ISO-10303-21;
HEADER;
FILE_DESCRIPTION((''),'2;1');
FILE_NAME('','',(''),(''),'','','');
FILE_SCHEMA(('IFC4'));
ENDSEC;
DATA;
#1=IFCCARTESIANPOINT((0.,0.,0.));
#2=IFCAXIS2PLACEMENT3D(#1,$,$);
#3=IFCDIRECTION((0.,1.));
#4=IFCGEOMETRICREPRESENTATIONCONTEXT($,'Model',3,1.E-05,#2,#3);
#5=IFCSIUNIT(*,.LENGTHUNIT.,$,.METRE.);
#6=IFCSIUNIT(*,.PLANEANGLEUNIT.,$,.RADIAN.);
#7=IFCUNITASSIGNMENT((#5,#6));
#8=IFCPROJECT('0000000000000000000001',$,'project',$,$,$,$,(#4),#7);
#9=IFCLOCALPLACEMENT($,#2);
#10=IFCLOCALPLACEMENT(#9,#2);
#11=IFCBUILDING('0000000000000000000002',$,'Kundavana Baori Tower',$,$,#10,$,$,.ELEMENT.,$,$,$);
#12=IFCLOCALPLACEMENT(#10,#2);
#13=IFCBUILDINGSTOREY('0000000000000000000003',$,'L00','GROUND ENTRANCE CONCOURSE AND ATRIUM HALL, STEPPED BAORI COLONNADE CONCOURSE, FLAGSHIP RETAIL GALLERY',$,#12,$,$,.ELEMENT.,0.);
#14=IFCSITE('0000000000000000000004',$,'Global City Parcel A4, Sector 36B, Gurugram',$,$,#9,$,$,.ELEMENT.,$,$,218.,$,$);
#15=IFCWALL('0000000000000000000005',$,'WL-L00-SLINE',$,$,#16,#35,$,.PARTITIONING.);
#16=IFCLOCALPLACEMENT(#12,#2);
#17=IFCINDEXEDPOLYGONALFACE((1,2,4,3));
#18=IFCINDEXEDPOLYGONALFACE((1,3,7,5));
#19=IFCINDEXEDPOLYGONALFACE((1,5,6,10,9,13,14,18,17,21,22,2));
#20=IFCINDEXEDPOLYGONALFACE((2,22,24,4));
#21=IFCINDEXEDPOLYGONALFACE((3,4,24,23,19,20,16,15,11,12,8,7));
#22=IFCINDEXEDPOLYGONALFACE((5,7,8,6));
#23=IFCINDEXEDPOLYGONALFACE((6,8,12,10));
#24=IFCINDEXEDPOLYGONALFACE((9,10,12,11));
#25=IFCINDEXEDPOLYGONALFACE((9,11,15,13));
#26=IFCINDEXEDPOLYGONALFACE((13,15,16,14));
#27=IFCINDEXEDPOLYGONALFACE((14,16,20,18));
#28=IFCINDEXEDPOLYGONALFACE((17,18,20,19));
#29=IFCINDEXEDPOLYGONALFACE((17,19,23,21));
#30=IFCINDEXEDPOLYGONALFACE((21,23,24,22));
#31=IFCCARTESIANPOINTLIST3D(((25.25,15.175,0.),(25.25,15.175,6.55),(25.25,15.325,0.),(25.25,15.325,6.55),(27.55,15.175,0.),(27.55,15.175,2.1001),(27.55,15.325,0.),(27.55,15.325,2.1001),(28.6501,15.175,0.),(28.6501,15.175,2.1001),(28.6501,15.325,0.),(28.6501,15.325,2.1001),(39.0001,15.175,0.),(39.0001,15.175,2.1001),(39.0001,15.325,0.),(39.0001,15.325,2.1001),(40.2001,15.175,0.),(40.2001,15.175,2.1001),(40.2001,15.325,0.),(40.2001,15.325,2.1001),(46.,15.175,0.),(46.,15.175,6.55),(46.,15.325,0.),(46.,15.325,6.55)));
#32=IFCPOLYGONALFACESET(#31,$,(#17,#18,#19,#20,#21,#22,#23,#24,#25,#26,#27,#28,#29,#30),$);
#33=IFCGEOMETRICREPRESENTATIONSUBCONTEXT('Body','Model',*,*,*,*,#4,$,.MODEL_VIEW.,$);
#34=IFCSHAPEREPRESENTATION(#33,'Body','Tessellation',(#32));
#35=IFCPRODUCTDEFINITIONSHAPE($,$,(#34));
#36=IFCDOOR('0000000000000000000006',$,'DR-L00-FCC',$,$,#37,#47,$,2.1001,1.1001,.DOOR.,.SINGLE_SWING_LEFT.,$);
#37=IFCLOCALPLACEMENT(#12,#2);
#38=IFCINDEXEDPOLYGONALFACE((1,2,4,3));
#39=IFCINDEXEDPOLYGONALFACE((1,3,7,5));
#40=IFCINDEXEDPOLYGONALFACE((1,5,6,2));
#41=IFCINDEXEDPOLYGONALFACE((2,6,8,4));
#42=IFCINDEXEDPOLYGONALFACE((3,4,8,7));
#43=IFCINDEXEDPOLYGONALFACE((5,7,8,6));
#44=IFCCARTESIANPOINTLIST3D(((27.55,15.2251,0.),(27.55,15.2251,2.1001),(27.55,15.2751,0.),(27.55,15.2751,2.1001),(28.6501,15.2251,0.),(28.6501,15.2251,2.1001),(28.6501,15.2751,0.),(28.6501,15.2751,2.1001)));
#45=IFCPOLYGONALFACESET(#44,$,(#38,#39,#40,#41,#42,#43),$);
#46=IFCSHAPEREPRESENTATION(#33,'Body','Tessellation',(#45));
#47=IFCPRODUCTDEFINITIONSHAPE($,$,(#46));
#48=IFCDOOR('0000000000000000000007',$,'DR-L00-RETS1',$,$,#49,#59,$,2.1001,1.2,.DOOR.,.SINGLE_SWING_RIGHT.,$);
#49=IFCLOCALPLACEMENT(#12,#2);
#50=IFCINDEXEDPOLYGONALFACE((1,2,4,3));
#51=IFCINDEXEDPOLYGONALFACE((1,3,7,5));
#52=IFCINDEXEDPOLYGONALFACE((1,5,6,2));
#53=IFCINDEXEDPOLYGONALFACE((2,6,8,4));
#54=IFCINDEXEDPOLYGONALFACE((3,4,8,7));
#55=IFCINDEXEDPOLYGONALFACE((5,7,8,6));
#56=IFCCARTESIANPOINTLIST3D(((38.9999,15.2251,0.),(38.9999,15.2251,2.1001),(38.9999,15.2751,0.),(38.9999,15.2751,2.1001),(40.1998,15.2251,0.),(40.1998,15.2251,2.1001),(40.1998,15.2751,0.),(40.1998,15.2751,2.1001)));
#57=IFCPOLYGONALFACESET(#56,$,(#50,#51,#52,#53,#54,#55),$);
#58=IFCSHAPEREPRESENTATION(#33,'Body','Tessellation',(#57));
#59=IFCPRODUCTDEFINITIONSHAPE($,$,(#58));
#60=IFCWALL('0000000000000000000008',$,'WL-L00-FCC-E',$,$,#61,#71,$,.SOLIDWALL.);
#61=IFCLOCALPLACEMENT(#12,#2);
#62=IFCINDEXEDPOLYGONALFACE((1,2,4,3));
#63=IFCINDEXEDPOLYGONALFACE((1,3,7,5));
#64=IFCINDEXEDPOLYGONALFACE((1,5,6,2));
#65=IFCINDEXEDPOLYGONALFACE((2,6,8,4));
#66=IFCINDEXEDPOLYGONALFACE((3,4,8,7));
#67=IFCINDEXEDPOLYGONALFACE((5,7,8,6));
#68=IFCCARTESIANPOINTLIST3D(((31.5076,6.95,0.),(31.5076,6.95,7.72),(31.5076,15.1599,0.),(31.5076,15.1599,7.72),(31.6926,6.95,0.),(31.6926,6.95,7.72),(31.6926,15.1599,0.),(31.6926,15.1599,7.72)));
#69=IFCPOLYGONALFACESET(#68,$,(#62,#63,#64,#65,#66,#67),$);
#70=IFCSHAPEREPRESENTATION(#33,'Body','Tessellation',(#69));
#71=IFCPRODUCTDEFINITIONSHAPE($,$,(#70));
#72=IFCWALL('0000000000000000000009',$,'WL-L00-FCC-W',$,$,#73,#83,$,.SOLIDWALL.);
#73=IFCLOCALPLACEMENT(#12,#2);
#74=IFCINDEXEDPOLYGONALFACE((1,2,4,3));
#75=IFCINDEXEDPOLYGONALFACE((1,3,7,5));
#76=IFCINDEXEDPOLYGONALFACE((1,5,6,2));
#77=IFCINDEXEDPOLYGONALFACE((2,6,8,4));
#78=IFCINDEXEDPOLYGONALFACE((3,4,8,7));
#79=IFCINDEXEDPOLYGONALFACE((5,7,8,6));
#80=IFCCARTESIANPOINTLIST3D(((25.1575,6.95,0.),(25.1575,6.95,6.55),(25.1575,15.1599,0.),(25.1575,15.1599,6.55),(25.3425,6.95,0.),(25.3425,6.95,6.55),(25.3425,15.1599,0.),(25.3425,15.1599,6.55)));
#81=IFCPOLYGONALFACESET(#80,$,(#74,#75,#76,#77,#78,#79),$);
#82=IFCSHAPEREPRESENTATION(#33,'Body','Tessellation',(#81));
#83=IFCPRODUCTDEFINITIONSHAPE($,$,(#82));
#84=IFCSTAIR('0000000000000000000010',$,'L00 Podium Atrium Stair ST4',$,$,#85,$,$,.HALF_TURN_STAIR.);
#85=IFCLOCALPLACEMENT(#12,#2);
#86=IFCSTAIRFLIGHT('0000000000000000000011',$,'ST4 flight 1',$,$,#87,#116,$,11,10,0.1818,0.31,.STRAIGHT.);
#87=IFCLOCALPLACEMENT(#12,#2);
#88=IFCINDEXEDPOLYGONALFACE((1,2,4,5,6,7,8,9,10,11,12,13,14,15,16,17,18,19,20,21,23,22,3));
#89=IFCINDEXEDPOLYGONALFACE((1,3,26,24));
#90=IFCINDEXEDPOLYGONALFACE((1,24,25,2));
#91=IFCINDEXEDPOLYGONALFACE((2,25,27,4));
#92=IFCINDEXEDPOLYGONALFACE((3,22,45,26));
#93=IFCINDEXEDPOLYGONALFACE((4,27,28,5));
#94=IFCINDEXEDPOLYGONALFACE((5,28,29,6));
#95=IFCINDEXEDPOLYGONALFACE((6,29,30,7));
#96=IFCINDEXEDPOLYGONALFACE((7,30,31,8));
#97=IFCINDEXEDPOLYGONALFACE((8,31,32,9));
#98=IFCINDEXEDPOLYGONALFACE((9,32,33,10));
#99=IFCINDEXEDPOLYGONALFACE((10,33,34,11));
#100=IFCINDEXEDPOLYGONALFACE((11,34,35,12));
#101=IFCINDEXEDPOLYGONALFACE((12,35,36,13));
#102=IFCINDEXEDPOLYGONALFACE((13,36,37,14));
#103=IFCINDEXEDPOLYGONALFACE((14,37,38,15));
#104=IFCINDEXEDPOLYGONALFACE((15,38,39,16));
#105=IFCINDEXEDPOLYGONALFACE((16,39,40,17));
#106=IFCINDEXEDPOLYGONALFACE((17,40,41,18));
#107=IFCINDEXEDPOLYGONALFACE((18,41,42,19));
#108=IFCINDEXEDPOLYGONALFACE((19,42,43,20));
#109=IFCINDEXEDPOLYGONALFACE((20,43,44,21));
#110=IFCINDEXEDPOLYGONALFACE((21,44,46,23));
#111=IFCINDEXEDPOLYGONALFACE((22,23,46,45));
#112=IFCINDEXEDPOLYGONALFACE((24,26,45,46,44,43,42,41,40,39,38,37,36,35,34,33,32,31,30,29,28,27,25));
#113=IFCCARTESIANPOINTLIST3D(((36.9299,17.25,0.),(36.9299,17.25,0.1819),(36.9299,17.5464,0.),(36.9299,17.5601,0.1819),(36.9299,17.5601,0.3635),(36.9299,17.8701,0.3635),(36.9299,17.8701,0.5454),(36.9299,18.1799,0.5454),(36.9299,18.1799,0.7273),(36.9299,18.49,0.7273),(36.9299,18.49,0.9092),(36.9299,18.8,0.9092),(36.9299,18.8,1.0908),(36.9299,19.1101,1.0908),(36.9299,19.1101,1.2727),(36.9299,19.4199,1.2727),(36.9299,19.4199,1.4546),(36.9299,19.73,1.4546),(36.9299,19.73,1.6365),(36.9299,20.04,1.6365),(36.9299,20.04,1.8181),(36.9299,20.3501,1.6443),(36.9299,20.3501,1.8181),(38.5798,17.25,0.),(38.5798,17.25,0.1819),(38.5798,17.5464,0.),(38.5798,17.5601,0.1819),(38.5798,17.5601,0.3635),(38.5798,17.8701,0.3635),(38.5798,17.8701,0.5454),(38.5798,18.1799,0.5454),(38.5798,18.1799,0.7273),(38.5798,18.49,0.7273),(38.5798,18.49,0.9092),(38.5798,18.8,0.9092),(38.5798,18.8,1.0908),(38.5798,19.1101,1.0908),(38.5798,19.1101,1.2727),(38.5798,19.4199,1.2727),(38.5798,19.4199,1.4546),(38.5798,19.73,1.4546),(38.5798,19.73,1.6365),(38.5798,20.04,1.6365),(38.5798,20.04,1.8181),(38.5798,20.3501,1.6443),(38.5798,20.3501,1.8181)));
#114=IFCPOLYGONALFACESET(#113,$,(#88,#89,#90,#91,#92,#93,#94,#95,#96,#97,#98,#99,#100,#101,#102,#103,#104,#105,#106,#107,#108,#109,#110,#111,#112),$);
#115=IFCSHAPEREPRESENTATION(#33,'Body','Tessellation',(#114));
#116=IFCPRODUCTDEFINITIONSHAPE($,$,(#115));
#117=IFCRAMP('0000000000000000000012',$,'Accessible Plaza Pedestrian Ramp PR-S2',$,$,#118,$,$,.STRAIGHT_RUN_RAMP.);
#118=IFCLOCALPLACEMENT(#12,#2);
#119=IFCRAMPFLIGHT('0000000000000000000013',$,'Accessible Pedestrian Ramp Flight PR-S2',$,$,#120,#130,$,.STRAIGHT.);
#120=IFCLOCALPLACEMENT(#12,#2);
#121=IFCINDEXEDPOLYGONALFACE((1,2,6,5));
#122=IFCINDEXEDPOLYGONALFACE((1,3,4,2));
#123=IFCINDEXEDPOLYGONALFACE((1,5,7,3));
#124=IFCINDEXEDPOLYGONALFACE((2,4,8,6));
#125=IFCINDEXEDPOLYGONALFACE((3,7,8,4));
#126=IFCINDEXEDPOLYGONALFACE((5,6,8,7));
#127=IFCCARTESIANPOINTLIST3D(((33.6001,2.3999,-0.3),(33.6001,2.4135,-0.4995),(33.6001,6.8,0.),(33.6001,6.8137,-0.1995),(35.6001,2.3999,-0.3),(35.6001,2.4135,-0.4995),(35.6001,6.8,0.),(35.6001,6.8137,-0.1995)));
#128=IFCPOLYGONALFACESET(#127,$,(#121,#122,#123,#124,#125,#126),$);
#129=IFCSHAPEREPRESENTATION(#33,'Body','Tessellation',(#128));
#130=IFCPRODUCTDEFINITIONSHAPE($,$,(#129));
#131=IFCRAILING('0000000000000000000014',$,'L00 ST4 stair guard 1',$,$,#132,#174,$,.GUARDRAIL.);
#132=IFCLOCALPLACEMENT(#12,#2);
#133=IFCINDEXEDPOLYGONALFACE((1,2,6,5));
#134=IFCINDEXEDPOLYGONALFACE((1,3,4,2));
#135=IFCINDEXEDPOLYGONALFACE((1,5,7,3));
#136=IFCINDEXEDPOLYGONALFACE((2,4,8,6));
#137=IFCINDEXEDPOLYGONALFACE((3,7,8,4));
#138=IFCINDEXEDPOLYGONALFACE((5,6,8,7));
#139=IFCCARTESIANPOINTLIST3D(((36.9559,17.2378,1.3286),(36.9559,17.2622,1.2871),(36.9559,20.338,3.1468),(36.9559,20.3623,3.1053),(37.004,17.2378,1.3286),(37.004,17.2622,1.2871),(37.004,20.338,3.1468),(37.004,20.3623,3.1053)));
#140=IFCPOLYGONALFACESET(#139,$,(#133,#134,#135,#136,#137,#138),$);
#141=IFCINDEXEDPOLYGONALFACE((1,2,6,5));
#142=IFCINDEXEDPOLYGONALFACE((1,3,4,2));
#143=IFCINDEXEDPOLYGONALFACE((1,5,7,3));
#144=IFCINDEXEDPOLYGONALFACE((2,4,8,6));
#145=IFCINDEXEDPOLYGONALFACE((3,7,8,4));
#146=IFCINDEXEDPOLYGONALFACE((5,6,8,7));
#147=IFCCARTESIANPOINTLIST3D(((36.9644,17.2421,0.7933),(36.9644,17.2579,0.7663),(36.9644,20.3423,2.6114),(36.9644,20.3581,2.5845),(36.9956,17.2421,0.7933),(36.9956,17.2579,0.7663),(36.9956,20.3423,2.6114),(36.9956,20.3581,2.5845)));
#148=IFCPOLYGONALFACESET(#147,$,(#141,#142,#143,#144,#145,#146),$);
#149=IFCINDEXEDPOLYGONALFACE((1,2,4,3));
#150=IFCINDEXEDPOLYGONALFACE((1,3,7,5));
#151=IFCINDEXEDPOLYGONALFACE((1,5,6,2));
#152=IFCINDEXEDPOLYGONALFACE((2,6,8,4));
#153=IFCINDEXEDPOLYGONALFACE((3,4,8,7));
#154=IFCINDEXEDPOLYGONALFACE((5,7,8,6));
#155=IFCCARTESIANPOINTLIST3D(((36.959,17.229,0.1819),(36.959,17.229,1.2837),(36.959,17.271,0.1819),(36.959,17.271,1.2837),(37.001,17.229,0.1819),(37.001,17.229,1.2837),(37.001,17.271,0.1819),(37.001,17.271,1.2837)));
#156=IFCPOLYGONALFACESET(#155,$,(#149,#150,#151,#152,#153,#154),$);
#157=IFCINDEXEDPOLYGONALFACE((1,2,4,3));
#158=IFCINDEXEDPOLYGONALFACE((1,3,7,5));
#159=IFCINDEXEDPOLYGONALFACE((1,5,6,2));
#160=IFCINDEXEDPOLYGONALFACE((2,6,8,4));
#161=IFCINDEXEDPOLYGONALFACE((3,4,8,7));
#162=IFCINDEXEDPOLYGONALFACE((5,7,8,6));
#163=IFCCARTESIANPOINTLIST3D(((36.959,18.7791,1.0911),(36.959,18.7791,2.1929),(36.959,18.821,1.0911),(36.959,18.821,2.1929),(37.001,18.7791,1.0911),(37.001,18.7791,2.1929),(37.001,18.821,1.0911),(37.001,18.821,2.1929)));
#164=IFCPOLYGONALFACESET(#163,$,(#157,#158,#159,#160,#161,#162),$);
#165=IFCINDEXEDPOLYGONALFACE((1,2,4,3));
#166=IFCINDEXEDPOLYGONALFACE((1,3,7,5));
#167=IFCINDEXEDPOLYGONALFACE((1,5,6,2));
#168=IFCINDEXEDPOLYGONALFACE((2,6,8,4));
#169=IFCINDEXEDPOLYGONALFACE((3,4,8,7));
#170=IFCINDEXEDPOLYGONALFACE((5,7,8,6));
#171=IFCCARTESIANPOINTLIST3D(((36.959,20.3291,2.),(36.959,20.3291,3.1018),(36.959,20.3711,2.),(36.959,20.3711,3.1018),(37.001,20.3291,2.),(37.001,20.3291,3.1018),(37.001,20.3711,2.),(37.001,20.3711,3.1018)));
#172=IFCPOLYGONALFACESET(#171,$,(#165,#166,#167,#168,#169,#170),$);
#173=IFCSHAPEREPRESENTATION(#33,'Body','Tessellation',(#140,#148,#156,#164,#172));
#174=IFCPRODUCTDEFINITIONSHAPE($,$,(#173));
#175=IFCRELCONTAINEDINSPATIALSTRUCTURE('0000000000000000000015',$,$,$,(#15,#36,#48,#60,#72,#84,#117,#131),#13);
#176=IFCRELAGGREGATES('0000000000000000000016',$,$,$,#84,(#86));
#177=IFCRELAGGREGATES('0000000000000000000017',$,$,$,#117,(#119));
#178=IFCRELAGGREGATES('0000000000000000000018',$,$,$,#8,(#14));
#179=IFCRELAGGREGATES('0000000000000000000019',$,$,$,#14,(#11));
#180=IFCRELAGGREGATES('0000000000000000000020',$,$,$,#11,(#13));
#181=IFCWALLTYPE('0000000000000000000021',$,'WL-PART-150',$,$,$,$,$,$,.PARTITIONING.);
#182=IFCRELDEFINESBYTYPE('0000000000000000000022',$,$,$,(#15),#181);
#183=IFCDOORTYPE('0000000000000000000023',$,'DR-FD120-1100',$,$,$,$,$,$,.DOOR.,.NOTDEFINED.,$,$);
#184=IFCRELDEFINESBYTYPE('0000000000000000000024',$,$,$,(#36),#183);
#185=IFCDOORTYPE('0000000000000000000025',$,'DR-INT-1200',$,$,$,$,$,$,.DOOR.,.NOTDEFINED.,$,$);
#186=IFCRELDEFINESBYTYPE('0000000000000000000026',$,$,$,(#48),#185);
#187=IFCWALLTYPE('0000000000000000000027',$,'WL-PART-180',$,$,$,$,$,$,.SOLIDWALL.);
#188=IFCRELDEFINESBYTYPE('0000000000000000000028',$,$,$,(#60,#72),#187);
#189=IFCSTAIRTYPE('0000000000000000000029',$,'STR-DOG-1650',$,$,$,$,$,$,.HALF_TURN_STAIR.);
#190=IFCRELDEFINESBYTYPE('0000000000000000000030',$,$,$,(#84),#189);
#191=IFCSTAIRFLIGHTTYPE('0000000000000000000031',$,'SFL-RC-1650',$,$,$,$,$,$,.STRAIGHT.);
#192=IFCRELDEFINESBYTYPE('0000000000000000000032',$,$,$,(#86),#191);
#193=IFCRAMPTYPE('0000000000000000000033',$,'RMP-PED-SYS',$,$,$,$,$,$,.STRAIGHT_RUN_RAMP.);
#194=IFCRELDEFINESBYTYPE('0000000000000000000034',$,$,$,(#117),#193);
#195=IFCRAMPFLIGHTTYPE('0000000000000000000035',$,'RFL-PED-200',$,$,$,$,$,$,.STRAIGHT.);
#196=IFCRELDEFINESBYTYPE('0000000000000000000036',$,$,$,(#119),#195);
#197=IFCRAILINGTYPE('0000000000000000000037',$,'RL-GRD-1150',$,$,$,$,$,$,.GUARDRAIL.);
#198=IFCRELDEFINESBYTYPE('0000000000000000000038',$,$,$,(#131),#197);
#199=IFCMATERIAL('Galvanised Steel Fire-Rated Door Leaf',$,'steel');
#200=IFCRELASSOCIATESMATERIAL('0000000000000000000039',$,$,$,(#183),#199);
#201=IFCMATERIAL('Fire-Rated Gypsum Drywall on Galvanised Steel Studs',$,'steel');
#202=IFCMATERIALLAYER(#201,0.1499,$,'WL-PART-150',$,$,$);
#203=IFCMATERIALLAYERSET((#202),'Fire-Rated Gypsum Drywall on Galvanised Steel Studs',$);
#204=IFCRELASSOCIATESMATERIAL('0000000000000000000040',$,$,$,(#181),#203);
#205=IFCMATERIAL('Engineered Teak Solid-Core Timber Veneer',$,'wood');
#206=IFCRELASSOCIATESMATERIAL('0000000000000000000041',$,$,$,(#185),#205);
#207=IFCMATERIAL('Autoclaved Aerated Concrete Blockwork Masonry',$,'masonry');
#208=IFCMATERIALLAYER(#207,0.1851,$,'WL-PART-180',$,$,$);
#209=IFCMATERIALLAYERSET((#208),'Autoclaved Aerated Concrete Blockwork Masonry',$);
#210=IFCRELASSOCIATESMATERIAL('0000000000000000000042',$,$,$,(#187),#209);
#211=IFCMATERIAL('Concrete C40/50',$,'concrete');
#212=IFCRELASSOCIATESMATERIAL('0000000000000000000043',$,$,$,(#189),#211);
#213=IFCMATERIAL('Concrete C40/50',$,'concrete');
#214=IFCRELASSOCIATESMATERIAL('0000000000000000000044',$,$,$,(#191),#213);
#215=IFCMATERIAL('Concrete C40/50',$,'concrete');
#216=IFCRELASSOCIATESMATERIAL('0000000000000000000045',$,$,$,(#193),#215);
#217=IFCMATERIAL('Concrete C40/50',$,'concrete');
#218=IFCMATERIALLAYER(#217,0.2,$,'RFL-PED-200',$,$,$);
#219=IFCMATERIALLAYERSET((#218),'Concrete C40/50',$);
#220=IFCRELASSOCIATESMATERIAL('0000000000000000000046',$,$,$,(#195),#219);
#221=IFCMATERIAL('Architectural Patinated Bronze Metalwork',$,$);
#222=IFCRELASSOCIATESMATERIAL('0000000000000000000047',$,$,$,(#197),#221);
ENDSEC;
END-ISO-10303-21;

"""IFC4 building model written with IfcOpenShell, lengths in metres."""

from ifc_helpers import new_model, si_unit, direction, frame, frame_2d, origin, origin_2d, place, context, subcontext, project, spatial, polyline, rectangle, outline, extrude, material, layer, layer_set, type_object, element, fill, aggregate, save


model = new_model("IFC4")

# Units and contexts
model_context = context("Model", 3, precision=1e-05, world=origin(), true_north=direction((0.0, 1.0)))
body_context = subcontext(model_context, "Body", "Model", "MODEL_VIEW")
ifc_project = project(units=[si_unit("LENGTHUNIT", "METRE"), si_unit("PLANEANGLEUNIT", "RADIAN")], contexts=[model_context])

# Site, building, storey
site_placement = place(None, origin())
site = spatial("IfcSite", under=ifc_project, at=site_placement, Name="Global City Parcel A4, Sector 36B, Gurugram", CompositionType="ELEMENT", RefElevation=218.0)
building_placement = place(site_placement, origin())
building = spatial("IfcBuilding", under=site, at=building_placement, Name="Kundavana Baori Tower", CompositionType="ELEMENT")
storey_placement = place(building_placement, origin())
storey = spatial("IfcBuildingStorey", under=building, at=storey_placement, Name="L00", Description="GROUND ENTRANCE CONCOURSE AND ATRIUM HALL, STEPPED BAORI COLONNADE CONCOURSE, FLAGSHIP RETAIL GALLERY", CompositionType="ELEMENT", Elevation=0.0)

# Shared definitions
ifc_material_1 = material(Name="Galvanised Steel Fire-Rated Door Leaf", Category="steel")
door_type_1 = type_object("IfcDoorType", Name="DR-FD120-1100", OperationType="NOTDEFINED", PredefinedType="DOOR", material=ifc_material_1)

# Wall, openings, doors
ifc_material_2 = material(Name="Fire-Rated Gypsum Drywall on Galvanised Steel Studs", Category="steel")
ifc_layer_1 = layer(ifc_material_2, 0.1499, Name="WL-PART-150")
ifc_layer_set_1 = layer_set([ifc_layer_1], Name="Fire-Rated Gypsum Drywall on Galvanised Steel Studs")
wall_type_1 = type_object("IfcWallType", Name="WL-PART-150", PredefinedType="PARTITIONING", material=ifc_layer_set_1)
wall_1_placement = place(storey_placement, frame((25.25, 15.25, 0.0), z_axis=(0.0, 0.0, 1.0), x_axis=(1.0, 0.0, 0.0)))
wall_1 = element("IfcWall", 1, at=wall_1_placement, inside=storey, type_object=wall_type_1, Name="WL-L00-SLINE", PredefinedType="PARTITIONING", context=body_context, shape_type="SweptSolid", body=[
    extrude(rectangle(XDim=20.75, YDim=0.1499, at=frame_2d((10.375, 0.0))), origin(), (0.0, 0.0, 1.0), 6.55),
])
opening_1_placement = place(wall_1_placement, frame((2.3, 0.0, 0.0)))
opening_1 = element("IfcOpeningElement", 2, at=opening_1_placement, cuts=wall_1, PredefinedType="OPENING", context=body_context, shape_type="SweptSolid", body=[
    extrude(rectangle(XDim=1.1001, YDim=2.1001, at=frame_2d((0.55, 1.05))), frame((0.0, 0.085, 0.0), z_axis=(0.0, -1.0, 0.0), x_axis=(1.0, 0.0, 0.0)), (0.0, 0.0, 1.0), 0.1699),
])
opening_2_placement = place(wall_1_placement, frame((13.75, 0.0, 0.0)))
opening_2 = element("IfcOpeningElement", 3, at=opening_2_placement, cuts=wall_1, PredefinedType="OPENING", context=body_context, shape_type="SweptSolid", body=[
    extrude(rectangle(XDim=1.2, YDim=2.1001, at=frame_2d((0.6001, 1.05))), frame((0.0, 0.085, 0.0), z_axis=(0.0, -1.0, 0.0), x_axis=(1.0, 0.0, 0.0)), (0.0, 0.0, 1.0), 0.1699),
])
door_1_placement = place(opening_1_placement, frame((1.1001, 0.0, 0.0), z_axis=(0.0, 0.0, 1.0), x_axis=(-1.0, 0.0, 0.0)))
door_1 = element("IfcDoor", 4, at=door_1_placement, inside=storey, type_object=door_type_1, Name="DR-L00-FCC", OperationType="SINGLE_SWING_LEFT", OverallHeight=2.1001, OverallWidth=1.1001, PredefinedType="DOOR", context=body_context, shape_type="SweptSolid", body=[
    extrude(rectangle(XDim=1.1001, YDim=2.1001, at=frame_2d((0.55, 1.05))), frame((0.0, 0.0249, 0.0), z_axis=(0.0, -1.0, 0.0), x_axis=(1.0, 0.0, 0.0)), (0.0, 0.0, 1.0), 0.05),
])
fill(opening_1, door_1)
ifc_material_3 = material(Name="Engineered Teak Solid-Core Timber Veneer", Category="wood")
door_type_2 = type_object("IfcDoorType", Name="DR-INT-1200", OperationType="NOTDEFINED", PredefinedType="DOOR", material=ifc_material_3)
door_2_placement = place(opening_2_placement, frame((1.2, 0.0, 0.0), z_axis=(0.0, 0.0, 1.0), x_axis=(-1.0, 0.0, 0.0)))
door_2 = element("IfcDoor", 5, at=door_2_placement, inside=storey, type_object=door_type_2, Name="DR-L00-RETS1", OperationType="SINGLE_SWING_RIGHT", OverallHeight=2.1001, OverallWidth=1.2, PredefinedType="DOOR", context=body_context, shape_type="SweptSolid", body=[
    extrude(rectangle(XDim=1.2, YDim=2.1001, at=frame_2d((0.6001, 1.05))), frame((0.0, 0.0249, 0.0), z_axis=(0.0, -1.0, 0.0), x_axis=(1.0, 0.0, 0.0)), (0.0, 0.0, 1.0), 0.05),
])
fill(opening_2, door_2)

# Walls
ifc_material_4 = material(Name="Autoclaved Aerated Concrete Blockwork Masonry", Category="masonry")
ifc_layer_2 = layer(ifc_material_4, 0.1851, Name="WL-PART-180")
ifc_layer_set_2 = layer_set([ifc_layer_2], Name="Autoclaved Aerated Concrete Blockwork Masonry")
wall_type_2 = type_object("IfcWallType", Name="WL-PART-180", PredefinedType="SOLIDWALL", material=ifc_layer_set_2)
wall_2_placement = place(storey_placement, frame((31.6001, 6.95, 0.0), z_axis=(0.0, 0.0, 1.0), x_axis=(0.0, 1.0, 0.0)))
element("IfcWall", 6, at=wall_2_placement, inside=storey, type_object=wall_type_2, Name="WL-L00-FCC-E", PredefinedType="SOLIDWALL", context=body_context, shape_type="SweptSolid", body=[
    extrude(rectangle(XDim=8.21, YDim=0.1851, at=frame_2d((4.105, 0.0))), origin(), (0.0, 0.0, 1.0), 7.72),
])
wall_3_placement = place(storey_placement, frame((25.25, 6.95, 0.0), z_axis=(0.0, 0.0, 1.0), x_axis=(0.0, 1.0, 0.0)))
element("IfcWall", 7, at=wall_3_placement, inside=storey, type_object=wall_type_2, Name="WL-L00-FCC-W", PredefinedType="SOLIDWALL", context=body_context, shape_type="SweptSolid", body=[
    extrude(rectangle(XDim=8.21, YDim=0.1851, at=frame_2d((4.105, 0.0))), origin(), (0.0, 0.0, 1.0), 6.55),
])

# Stair, stair flight
ifc_material_5 = material(Name="Concrete C40/50", Category="concrete")
stair_type = type_object("IfcStairType", Name="STR-DOG-1650", PredefinedType="HALF_TURN_STAIR", material=ifc_material_5)
stair_placement = place(storey_placement, origin())
stair = element("IfcStair", 8, at=stair_placement, inside=storey, type_object=stair_type, Name="L00 Podium Atrium Stair ST4", PredefinedType="HALF_TURN_STAIR")
ifc_material_6 = material(Name="Concrete C40/50", Category="concrete")
stair_flight_type = type_object("IfcStairFlightType", Name="SFL-RC-1650", PredefinedType="STRAIGHT", material=ifc_material_6)
stair_flight_placement = place(storey_placement, frame((37.7549, 17.25, 0.0), z_axis=(0.0, 0.0, 1.0), x_axis=(0.0, 1.0, 0.0)))
stair_flight = element("IfcStairFlight", 9, at=stair_flight_placement, type_object=stair_flight_type, Name="ST4 flight 1", NumberOfRisers=11, NumberOfTreads=10, PredefinedType="STRAIGHT", RiserHeight=0.1818, TreadLength=0.31, context=body_context, shape_type="SweptSolid", body=[
    extrude(outline(polyline([(0.0, 0.0), (0.0, 0.1819), (0.3101, 0.1819), (0.3101, 0.3635), (0.6201, 0.3635), (0.6201, 0.5454), (0.9299, 0.5454), (0.9299, 0.7273), (1.24, 0.7273), (1.24, 0.9092), (1.55, 0.9092), (1.55, 1.0908), (1.8601, 1.0908), (1.8601, 1.2727), (2.1699, 1.2727), (2.1699, 1.4546), (2.48, 1.4546), (2.48, 1.6365), (2.79, 1.6365), (2.79, 1.8181), (3.1001, 1.8181), (3.1001, 2.0), (3.1001, 1.6443), (0.2964, 0.0), (0.0, 0.0)])), frame((0.0, 0.825, 0.0), z_axis=(0.0, -1.0, 0.0), x_axis=(1.0, 0.0, 0.0)), (0.0, 0.0, 1.0), 1.6499),
])
aggregate(stair, [stair_flight])

# Ramp, ramp flight
ifc_material_7 = material(Name="Concrete C40/50", Category="concrete")
ramp_type = type_object("IfcRampType", Name="RMP-PED-SYS", PredefinedType="STRAIGHT_RUN_RAMP", material=ifc_material_7)
ramp_placement = place(storey_placement, origin())
ramp = element("IfcRamp", 10, at=ramp_placement, inside=storey, type_object=ramp_type, Name="Accessible Plaza Pedestrian Ramp PR-S2", PredefinedType="STRAIGHT_RUN_RAMP")
ifc_material_8 = material(Name="Concrete C40/50", Category="concrete")
ifc_layer_3 = layer(ifc_material_8, 0.2, Name="RFL-PED-200")
ifc_layer_set_3 = layer_set([ifc_layer_3], Name="Concrete C40/50")
ramp_flight_type = type_object("IfcRampFlightType", Name="RFL-PED-200", PredefinedType="STRAIGHT", material=ifc_layer_set_3)
ramp_flight_placement = place(storey_placement, frame((33.6001, 2.3999, -0.3), z_axis=(0.0, -0.068033, 0.997683), x_axis=(1.0, 0.0, 0.0)))
ramp_flight = element("IfcRampFlight", 11, at=ramp_flight_placement, type_object=ramp_flight_type, Name="Accessible Pedestrian Ramp Flight PR-S2", PredefinedType="STRAIGHT", context=body_context, shape_type="SweptSolid", body=[
    extrude(outline(polyline([(0.0, 0.0), (2.0, 0.0), (2.0, 4.4104), (0.0, 4.4104), (0.0, 0.0)])), origin(), (0.0, 0.0, -1.0), 0.2),
])
aggregate(ramp, [ramp_flight])

# Railing
ifc_material_9 = material(Name="Architectural Patinated Bronze Metalwork")
railing_type = type_object("IfcRailingType", Name="RL-GRD-1150", PredefinedType="GUARDRAIL", material=ifc_material_9)
railing_1_placement = place(storey_placement, frame((36.98, 17.25, 0.1819)))
element("IfcRailing", 12, at=railing_1_placement, inside=storey, type_object=railing_type, Name="L00 ST4 stair guard 1", PredefinedType="GUARDRAIL", context=body_context, shape_type="SweptSolid", body=[
    extrude(rectangle(XDim=0.0481, YDim=0.0481, at=origin_2d()), frame((0.0, 0.0, 1.126), z_axis=(0.0, 0.862599, 0.505889), x_axis=(-1.0, 0.0, 0.0)), (0.0, 0.0, 1.0), 3.594),
    extrude(rectangle(XDim=0.0312, YDim=0.0312, at=origin_2d()), frame((0.0, 0.0, 0.5979), z_axis=(0.0, 0.862599, 0.505889), x_axis=(-1.0, 0.0, 0.0)), (0.0, 0.0, 1.0), 3.594),
    extrude(rectangle(XDim=0.042, YDim=0.042, at=origin_2d()), origin(), (0.0, 0.0, 1.0), 1.1018),
    extrude(rectangle(XDim=0.042, YDim=0.042, at=origin_2d()), frame((0.0, 1.55, 0.9092)), (0.0, 0.0, 1.0), 1.1018),
    extrude(rectangle(XDim=0.042, YDim=0.042, at=origin_2d()), frame((0.0, 3.1001, 1.8181)), (0.0, 0.0, 1.0), 1.1018),
])

save(model, "model.ifc")
